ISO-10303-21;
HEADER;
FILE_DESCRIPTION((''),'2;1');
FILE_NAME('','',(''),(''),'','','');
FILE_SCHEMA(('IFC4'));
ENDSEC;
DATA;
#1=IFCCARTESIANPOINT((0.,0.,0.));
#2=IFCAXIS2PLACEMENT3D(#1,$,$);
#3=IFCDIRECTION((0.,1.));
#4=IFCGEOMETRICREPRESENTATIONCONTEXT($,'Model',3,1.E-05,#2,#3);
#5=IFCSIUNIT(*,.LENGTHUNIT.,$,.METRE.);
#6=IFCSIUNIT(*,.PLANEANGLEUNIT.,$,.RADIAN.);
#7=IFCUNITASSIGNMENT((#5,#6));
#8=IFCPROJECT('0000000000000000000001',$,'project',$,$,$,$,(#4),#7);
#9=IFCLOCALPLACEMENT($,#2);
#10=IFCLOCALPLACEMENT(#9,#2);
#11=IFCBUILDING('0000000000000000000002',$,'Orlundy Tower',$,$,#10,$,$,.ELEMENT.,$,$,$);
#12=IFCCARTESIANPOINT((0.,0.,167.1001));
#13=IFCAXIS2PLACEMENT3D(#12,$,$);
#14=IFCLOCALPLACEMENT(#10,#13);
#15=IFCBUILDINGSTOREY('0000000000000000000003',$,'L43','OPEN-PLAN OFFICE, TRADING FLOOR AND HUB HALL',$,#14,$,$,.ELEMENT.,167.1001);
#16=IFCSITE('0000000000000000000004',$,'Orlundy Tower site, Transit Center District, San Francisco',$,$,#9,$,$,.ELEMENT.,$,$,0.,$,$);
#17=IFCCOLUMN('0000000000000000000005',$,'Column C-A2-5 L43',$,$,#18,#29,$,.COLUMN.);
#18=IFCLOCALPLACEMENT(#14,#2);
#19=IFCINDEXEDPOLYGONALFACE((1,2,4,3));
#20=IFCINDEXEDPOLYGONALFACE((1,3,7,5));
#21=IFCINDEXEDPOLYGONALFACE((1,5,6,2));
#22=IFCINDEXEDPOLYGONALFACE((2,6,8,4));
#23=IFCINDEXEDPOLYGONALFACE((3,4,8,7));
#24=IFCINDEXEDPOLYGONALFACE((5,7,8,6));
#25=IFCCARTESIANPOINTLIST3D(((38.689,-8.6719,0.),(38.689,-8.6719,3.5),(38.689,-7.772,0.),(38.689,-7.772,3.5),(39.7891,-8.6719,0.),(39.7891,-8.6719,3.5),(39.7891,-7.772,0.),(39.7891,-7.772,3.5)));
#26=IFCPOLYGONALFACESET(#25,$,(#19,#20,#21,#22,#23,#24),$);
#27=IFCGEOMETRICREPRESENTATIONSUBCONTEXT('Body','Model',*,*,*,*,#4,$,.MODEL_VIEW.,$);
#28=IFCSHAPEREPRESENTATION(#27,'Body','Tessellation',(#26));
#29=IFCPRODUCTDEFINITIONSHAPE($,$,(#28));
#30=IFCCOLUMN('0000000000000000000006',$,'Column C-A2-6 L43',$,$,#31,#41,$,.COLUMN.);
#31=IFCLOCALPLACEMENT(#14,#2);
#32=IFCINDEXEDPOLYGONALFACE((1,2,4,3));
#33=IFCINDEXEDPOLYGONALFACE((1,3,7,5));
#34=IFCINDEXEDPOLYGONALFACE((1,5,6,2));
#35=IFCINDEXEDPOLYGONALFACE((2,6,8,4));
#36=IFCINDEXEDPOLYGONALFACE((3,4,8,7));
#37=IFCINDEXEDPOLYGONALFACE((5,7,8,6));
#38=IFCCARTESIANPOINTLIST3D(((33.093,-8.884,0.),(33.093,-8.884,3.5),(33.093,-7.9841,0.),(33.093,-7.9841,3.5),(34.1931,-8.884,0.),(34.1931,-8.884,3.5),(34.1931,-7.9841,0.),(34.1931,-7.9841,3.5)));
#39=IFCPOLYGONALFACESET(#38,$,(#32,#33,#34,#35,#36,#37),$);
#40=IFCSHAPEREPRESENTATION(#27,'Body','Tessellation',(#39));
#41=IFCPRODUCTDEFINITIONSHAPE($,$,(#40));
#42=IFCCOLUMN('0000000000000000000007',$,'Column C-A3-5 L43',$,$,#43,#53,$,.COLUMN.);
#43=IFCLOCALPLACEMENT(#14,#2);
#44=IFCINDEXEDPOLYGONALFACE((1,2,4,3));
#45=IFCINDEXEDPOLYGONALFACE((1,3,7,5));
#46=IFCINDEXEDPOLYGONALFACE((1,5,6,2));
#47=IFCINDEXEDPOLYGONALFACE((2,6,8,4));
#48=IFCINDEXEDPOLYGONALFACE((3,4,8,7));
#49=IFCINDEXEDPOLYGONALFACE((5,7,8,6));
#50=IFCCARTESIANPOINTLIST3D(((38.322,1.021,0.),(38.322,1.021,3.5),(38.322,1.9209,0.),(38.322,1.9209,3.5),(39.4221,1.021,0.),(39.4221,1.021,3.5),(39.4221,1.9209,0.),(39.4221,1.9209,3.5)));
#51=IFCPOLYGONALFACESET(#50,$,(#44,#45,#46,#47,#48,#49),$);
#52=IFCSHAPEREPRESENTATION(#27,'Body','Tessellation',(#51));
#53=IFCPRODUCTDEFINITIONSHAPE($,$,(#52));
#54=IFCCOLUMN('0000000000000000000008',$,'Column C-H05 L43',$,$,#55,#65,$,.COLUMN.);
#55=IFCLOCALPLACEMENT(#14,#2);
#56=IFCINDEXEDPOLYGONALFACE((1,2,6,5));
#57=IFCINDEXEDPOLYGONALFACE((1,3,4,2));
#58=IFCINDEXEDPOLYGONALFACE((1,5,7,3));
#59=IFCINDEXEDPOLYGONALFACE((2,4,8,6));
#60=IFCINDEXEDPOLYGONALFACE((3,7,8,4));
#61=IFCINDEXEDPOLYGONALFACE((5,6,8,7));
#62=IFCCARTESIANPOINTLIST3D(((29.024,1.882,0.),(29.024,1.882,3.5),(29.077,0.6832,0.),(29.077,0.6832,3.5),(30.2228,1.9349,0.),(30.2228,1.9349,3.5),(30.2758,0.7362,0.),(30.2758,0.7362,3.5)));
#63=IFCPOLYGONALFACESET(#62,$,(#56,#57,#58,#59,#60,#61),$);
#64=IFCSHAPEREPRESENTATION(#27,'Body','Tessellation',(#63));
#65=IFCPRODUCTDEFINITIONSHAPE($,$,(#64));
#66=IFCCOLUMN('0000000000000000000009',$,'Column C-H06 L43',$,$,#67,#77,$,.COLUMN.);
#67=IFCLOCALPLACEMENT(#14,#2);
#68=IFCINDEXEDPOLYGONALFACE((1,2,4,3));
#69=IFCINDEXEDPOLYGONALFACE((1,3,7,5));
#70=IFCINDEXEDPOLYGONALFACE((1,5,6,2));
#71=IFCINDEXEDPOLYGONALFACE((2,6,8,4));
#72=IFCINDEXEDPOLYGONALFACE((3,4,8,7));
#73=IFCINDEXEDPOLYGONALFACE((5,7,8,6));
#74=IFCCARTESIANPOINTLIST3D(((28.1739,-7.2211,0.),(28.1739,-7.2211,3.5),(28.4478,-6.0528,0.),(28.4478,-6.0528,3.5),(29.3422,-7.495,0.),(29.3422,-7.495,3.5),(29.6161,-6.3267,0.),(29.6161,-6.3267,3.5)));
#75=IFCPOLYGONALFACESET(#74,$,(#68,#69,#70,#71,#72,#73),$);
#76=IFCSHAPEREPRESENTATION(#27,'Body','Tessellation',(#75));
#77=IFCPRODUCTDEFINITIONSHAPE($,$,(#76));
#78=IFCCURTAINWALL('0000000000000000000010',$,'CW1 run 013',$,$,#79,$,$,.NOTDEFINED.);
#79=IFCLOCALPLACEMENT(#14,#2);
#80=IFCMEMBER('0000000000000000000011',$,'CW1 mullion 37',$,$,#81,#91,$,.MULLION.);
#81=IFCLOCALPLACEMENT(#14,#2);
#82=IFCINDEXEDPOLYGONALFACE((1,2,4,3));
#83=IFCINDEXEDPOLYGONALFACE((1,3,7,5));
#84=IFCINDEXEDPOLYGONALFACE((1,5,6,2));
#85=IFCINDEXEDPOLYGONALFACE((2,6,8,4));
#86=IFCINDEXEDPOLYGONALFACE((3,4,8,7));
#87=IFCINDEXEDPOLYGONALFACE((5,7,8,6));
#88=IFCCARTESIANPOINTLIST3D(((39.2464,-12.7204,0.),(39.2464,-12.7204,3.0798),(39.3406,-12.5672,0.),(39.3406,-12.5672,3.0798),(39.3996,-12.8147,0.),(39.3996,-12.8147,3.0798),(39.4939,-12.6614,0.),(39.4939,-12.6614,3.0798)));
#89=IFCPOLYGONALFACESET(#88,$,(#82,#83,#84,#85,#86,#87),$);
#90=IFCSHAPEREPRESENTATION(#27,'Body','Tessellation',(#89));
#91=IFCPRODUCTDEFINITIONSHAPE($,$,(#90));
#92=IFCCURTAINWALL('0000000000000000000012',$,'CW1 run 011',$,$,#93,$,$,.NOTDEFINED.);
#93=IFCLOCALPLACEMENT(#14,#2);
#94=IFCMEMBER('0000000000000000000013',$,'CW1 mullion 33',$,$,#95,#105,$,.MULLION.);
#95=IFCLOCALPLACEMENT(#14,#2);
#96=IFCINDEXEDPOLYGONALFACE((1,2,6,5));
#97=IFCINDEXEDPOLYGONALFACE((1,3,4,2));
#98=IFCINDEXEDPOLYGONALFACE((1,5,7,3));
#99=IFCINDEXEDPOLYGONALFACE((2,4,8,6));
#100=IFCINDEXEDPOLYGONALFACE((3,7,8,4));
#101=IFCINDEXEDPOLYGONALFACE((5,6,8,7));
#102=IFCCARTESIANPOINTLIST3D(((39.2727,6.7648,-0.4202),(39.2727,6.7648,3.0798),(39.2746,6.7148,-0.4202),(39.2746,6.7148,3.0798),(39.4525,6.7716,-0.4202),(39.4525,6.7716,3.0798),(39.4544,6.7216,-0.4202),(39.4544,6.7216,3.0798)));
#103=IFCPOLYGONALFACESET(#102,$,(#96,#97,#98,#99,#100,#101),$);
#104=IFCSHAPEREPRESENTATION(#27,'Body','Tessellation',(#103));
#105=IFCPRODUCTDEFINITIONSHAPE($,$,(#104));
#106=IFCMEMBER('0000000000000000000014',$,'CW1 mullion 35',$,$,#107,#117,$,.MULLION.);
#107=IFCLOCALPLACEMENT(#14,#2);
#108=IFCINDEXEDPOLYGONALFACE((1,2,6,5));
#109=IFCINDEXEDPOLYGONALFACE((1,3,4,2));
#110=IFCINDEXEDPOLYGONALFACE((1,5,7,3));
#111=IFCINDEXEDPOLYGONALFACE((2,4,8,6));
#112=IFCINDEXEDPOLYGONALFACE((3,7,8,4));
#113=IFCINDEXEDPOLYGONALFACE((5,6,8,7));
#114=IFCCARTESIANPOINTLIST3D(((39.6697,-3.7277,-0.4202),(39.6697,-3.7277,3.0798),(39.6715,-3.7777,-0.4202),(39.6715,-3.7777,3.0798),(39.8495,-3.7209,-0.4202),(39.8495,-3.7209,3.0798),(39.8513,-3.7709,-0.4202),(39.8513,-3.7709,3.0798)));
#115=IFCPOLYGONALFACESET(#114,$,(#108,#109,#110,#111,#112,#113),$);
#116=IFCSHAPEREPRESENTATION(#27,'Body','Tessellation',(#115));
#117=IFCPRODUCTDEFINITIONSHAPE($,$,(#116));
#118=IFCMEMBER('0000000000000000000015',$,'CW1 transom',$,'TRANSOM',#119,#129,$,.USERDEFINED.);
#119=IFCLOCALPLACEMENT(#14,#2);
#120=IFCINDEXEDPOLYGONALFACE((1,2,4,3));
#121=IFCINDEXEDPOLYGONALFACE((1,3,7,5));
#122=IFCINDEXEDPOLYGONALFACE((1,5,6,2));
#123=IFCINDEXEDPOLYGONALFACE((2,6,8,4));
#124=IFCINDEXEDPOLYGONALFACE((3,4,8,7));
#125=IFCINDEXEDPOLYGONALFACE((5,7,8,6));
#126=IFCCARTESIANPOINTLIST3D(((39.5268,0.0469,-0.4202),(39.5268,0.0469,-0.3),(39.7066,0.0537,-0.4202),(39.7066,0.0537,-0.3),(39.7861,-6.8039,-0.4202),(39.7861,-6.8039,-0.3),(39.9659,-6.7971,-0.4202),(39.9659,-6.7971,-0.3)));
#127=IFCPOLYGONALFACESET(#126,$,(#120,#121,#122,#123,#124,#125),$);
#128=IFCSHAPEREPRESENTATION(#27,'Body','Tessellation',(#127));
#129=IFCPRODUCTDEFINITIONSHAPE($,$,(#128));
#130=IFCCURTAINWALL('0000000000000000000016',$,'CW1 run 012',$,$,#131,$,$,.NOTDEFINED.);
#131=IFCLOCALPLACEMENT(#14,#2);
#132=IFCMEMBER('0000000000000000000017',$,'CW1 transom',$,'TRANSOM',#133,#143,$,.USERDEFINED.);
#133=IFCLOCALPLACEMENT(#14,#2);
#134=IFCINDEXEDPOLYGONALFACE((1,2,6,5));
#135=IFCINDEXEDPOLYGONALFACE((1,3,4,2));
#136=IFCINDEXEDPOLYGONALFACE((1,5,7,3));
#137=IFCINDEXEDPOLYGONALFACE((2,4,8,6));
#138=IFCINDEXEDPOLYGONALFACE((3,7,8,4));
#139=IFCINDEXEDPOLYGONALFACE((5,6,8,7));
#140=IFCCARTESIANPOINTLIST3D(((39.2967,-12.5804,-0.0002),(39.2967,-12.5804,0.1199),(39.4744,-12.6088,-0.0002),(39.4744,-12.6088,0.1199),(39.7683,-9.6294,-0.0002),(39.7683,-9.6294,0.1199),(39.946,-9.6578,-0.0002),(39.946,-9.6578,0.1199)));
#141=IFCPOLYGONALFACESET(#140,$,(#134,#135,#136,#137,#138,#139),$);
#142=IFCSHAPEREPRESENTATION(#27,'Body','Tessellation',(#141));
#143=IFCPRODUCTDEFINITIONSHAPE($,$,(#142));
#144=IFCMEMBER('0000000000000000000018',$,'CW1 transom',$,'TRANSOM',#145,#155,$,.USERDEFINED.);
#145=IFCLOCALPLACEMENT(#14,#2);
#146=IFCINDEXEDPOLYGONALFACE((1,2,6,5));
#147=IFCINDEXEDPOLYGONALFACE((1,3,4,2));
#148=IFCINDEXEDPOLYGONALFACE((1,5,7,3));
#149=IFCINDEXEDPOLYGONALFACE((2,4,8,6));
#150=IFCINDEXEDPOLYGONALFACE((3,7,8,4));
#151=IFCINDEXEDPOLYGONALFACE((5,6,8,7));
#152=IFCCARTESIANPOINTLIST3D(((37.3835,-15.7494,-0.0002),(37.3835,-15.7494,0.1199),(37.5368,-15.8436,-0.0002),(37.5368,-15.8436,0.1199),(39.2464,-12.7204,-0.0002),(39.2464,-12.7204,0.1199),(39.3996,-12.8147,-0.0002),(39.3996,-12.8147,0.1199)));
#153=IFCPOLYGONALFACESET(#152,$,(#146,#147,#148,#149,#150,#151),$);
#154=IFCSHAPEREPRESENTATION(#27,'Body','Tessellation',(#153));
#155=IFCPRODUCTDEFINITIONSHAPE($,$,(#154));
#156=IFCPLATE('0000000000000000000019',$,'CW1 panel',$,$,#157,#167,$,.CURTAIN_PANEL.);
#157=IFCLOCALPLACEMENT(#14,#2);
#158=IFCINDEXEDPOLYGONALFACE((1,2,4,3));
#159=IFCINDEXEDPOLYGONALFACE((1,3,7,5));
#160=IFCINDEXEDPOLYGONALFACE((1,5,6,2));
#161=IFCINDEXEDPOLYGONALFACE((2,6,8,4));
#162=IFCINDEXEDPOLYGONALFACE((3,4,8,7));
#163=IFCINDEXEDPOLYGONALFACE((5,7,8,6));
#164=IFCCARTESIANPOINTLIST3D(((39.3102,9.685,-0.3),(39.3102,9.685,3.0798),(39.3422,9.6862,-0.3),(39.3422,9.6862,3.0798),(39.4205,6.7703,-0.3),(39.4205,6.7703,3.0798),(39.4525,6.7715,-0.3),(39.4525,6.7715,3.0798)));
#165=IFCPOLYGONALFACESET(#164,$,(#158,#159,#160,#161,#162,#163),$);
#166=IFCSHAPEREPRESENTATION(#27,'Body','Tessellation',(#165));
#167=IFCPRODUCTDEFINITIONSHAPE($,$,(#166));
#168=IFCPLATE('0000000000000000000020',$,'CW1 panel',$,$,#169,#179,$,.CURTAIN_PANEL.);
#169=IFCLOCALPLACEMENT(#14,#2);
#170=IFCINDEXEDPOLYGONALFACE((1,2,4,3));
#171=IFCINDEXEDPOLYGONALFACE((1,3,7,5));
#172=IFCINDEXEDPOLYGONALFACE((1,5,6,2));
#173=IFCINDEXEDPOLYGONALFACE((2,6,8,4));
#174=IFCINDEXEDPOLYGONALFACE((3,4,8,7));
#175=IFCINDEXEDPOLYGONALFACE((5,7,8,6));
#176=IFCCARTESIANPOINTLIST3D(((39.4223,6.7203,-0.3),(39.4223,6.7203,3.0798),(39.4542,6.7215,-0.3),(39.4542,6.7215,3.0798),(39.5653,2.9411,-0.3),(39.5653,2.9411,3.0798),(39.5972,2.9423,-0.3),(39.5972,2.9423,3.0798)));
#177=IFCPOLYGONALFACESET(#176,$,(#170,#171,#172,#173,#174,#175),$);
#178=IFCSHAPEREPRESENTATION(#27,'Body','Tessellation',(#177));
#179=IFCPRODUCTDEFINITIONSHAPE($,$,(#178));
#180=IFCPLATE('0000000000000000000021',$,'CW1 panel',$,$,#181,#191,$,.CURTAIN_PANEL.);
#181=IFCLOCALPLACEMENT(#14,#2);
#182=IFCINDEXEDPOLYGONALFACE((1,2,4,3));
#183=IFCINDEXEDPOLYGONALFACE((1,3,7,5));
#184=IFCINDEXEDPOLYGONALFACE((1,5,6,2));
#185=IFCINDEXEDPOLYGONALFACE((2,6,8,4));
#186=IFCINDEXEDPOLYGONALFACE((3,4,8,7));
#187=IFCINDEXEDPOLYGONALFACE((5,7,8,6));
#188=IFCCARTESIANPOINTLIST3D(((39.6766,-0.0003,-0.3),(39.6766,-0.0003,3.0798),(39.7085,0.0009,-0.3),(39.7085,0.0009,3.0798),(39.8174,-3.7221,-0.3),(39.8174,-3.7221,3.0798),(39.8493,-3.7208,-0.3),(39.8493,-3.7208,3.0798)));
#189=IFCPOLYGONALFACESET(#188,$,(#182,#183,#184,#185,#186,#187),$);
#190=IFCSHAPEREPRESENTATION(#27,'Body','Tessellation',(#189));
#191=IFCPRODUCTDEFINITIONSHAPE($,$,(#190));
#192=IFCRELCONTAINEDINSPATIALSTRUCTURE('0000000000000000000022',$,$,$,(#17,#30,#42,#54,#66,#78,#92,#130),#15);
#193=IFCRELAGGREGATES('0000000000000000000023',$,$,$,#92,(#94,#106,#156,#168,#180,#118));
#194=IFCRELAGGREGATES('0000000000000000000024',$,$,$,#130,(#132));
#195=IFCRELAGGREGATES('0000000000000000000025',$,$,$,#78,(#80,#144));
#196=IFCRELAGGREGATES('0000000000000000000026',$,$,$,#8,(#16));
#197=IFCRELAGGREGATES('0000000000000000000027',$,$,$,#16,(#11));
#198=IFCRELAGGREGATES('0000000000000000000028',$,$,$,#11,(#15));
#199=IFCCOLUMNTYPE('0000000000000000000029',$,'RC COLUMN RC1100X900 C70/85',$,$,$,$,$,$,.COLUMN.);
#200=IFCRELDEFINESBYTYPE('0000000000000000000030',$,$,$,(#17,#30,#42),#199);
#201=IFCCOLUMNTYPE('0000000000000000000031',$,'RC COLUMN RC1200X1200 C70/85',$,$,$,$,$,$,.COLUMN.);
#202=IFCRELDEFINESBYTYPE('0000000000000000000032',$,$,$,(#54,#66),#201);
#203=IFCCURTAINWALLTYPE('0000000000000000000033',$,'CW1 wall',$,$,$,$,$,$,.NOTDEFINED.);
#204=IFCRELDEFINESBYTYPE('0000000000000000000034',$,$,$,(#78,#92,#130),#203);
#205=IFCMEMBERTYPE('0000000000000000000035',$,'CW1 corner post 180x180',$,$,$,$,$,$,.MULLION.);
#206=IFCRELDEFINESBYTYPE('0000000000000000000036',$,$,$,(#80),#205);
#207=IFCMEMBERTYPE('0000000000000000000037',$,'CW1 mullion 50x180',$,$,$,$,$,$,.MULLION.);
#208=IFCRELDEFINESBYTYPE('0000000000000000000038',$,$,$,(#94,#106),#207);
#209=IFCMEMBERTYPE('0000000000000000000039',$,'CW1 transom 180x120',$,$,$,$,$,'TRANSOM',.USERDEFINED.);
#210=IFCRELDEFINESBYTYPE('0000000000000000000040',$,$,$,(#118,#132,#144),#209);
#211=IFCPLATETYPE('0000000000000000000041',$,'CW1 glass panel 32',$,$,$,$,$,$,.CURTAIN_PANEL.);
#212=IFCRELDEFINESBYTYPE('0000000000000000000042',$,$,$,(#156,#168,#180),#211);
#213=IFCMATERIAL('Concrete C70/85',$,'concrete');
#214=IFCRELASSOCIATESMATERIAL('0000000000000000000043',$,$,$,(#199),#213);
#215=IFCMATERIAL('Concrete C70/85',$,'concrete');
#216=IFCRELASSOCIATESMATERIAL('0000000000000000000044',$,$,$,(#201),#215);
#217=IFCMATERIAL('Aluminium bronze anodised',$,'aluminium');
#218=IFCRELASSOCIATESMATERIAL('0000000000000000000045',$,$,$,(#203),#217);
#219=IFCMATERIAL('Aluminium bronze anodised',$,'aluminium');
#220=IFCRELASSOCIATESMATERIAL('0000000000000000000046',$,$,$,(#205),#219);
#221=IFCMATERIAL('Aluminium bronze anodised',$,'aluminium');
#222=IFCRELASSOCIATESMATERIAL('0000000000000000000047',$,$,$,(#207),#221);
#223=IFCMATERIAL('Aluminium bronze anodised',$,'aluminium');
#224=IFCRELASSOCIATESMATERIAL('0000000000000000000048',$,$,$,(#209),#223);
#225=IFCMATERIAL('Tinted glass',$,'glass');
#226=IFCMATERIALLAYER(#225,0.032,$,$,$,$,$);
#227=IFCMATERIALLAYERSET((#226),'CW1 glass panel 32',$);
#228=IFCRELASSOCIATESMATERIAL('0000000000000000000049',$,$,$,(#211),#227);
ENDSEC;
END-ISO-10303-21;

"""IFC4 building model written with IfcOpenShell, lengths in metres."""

from ifc_helpers import new_model, si_unit, direction, frame, origin, origin_2d, place, context, subcontext, project, spatial, rectangle, extrude, material, layer, layer_set, material_profile, profile_set, type_object, element, aggregate, save


model = new_model("IFC4")

# Units and contexts
model_context = context("Model", 3, precision=1e-05, world=origin(), true_north=direction((0.0, 1.0)))
body_context = subcontext(model_context, "Body", "Model", "MODEL_VIEW")
ifc_project = project(units=[si_unit("LENGTHUNIT", "METRE"), si_unit("PLANEANGLEUNIT", "RADIAN")], contexts=[model_context])

# Site, building, storey
site_placement = place(None, origin())
site = spatial("IfcSite", under=ifc_project, at=site_placement, Name="Orlundy Tower site, Transit Center District, San Francisco", CompositionType="ELEMENT", RefElevation=0.0)
building_placement = place(site_placement, origin())
building = spatial("IfcBuilding", under=site, at=building_placement, Name="Orlundy Tower", CompositionType="ELEMENT")
storey_placement = place(building_placement, frame((0.0, 0.0, 167.1001)))
storey = spatial("IfcBuildingStorey", under=building, at=storey_placement, Name="L43", Description="OPEN-PLAN OFFICE, TRADING FLOOR AND HUB HALL", CompositionType="ELEMENT", Elevation=167.1001)

# Columns
ifc_material_1 = material(Name="Concrete C70/85", Category="concrete")
ifc_material_profile_1 = material_profile(ifc_material_1, rectangle(XDim=1.1001, YDim=0.8999, at=origin_2d()), Name="RC1100X900")
ifc_profile_set_1 = profile_set([ifc_material_profile_1], Name="Concrete C70/85")
column_type_1 = type_object("IfcColumnType", Name="RC COLUMN RC1100X900 C70/85", PredefinedType="COLUMN", material=ifc_profile_set_1)
for number, where, z_axis, x_axis, name in (
    (1, (39.239, -8.2219, 0.0), (0.0, 0.0, 1.0), (1.0, 0.0, 0.0), "Column C-A2-5 L43"),
    (2, (33.6431, -8.4341, 0.0), (0.0, 0.0, 1.0), (1.0, 0.0, 0.0), "Column C-A2-6 L43"),
    (3, (38.8721, 1.4709, 0.0), (0.0, 0.0, 1.0), (1.0, 0.0, 0.0), "Column C-A3-5 L43"),
):
    element("IfcColumn", number, at=place(storey_placement, frame(where, z_axis=z_axis, x_axis=x_axis)), inside=storey, type_object=column_type_1, Name=name, PredefinedType="COLUMN", context=body_context, shape_type="SweptSolid", body=[
        extrude(rectangle(XDim=1.1001, YDim=0.8999, at=origin_2d()), origin(), (0.0, 0.0, 1.0), 3.5),
    ])
ifc_material_2 = material(Name="Concrete C70/85", Category="concrete")
ifc_material_profile_2 = material_profile(ifc_material_2, rectangle(XDim=1.2, YDim=1.2, at=origin_2d()), Name="RC1200X1200")
ifc_profile_set_2 = profile_set([ifc_material_profile_2], Name="Concrete C70/85")
column_type_2 = type_object("IfcColumnType", Name="RC COLUMN RC1200X1200 C70/85", PredefinedType="COLUMN", material=ifc_profile_set_2)
for number, where, z_axis, x_axis, name in (
    (4, (29.6499, 1.3091, 0.0), (0.0, 0.0, 1.0), (0.999027, 0.044108, 0.0), "Column C-H05 L43"),
    (5, (28.895, -6.7739, 0.0), (0.0, 0.0, 1.0), (0.973603, -0.228249, 0.0), "Column C-H06 L43"),
):
    element("IfcColumn", number, at=place(storey_placement, frame(where, z_axis=z_axis, x_axis=x_axis)), inside=storey, type_object=column_type_2, Name=name, PredefinedType="COLUMN", context=body_context, shape_type="SweptSolid", body=[
        extrude(rectangle(XDim=1.2, YDim=1.2, at=origin_2d()), origin(), (0.0, 0.0, 1.0), 3.5),
    ])

# Curtain wall, member
ifc_material_3 = material(Name="Aluminium bronze anodised", Category="aluminium")
curtain_wall_type = type_object("IfcCurtainWallType", Name="CW1 wall", PredefinedType="NOTDEFINED", material=ifc_material_3)
curtain_wall_1_placement = place(storey_placement, origin())
curtain_wall_1 = element("IfcCurtainWall", 6, at=curtain_wall_1_placement, inside=storey, type_object=curtain_wall_type, Name="CW1 run 013", PredefinedType="NOTDEFINED")
ifc_material_4 = material(Name="Aluminium bronze anodised", Category="aluminium")
ifc_material_profile_3 = material_profile(ifc_material_4, rectangle(XDim=0.1799, YDim=0.1799, at=origin_2d()), Name="CW1 corner post 180x180")
ifc_profile_set_3 = profile_set([ifc_material_profile_3], Name="Aluminium bronze anodised")
member_type_1 = type_object("IfcMemberType", Name="CW1 corner post 180x180", PredefinedType="MULLION", material=ifc_profile_set_3)
member_1_placement = place(storey_placement, frame((39.3701, -12.6909, 0.0), z_axis=(0.0, 0.0, 1.0), x_axis=(0.851825, -0.523827, 0.0)))
member_1 = element("IfcMember", 7, at=member_1_placement, type_object=member_type_1, Name="CW1 mullion 37", PredefinedType="MULLION", context=body_context, shape_type="SweptSolid", body=[
    extrude(rectangle(XDim=0.1799, YDim=0.1799, at=origin_2d()), origin(), (0.0, 0.0, 1.0), 3.0798),
])

# Curtain wall, members
curtain_wall_2_placement = place(storey_placement, origin())
curtain_wall_2 = element("IfcCurtainWall", 8, at=curtain_wall_2_placement, inside=storey, type_object=curtain_wall_type, Name="CW1 run 011", PredefinedType="NOTDEFINED")
ifc_material_5 = material(Name="Aluminium bronze anodised", Category="aluminium")
ifc_material_profile_4 = material_profile(ifc_material_5, rectangle(XDim=0.1799, YDim=0.05, at=origin_2d()), Name="CW1 mullion 50x180")
ifc_profile_set_4 = profile_set([ifc_material_profile_4], Name="Aluminium bronze anodised")
member_type_2 = type_object("IfcMemberType", Name="CW1 mullion 50x180", PredefinedType="MULLION", material=ifc_profile_set_4)
member_2_placement = place(storey_placement, frame((39.3635, 6.7432, -0.4202), z_axis=(0.0, 0.0, 1.0), x_axis=(0.999285, 0.037809, 0.0)))
member_2 = element("IfcMember", 9, at=member_2_placement, type_object=member_type_2, Name="CW1 mullion 33", PredefinedType="MULLION", context=body_context, shape_type="SweptSolid", body=[
    extrude(rectangle(XDim=0.1799, YDim=0.05, at=origin_2d()), origin(), (0.0, 0.0, 1.0), 3.5),
])
member_3_placement = place(storey_placement, frame((39.7605, -3.7493, -0.4202), z_axis=(0.0, 0.0, 1.0), x_axis=(0.999285, 0.037809, 0.0)))
member_3 = element("IfcMember", 10, at=member_3_placement, type_object=member_type_2, Name="CW1 mullion 35", PredefinedType="MULLION", context=body_context, shape_type="SweptSolid", body=[
    extrude(rectangle(XDim=0.1799, YDim=0.05, at=origin_2d()), origin(), (0.0, 0.0, 1.0), 3.5),
])
ifc_material_6 = material(Name="Aluminium bronze anodised", Category="aluminium")
ifc_material_profile_5 = material_profile(ifc_material_6, rectangle(XDim=0.1799, YDim=0.1201, at=origin_2d()), Name="CW1 transom 180x120")
ifc_profile_set_5 = profile_set([ifc_material_profile_5], Name="Aluminium bronze anodised")
member_type_3 = type_object("IfcMemberType", Name="CW1 transom 180x120", ElementType="TRANSOM", PredefinedType="USERDEFINED", material=ifc_profile_set_5)
member_4_placement = place(storey_placement, frame((39.6167, 0.0503, -0.3601), z_axis=(0.037819, -0.999285, 0.0), x_axis=(0.999285, 0.037819, 0.0)))
member_4 = element("IfcMember", 11, at=member_4_placement, type_object=member_type_3, Name="CW1 transom", ObjectType="TRANSOM", PredefinedType="USERDEFINED", context=body_context, shape_type="SweptSolid", body=[
    extrude(rectangle(XDim=0.1799, YDim=0.1201, at=origin_2d()), origin(), (0.0, 0.0, 1.0), 6.8557),
])

# Curtain wall, member
curtain_wall_3_placement = place(storey_placement, origin())
curtain_wall_3 = element("IfcCurtainWall", 12, at=curtain_wall_3_placement, inside=storey, type_object=curtain_wall_type, Name="CW1 run 012", PredefinedType="NOTDEFINED")
member_5_placement = place(storey_placement, frame((39.8572, -9.6436, 0.0598), z_axis=(-0.157825, -0.987467, 0.0), x_axis=(0.987467, -0.157825, 0.0)))
member_5 = element("IfcMember", 13, at=member_5_placement, type_object=member_type_3, Name="CW1 transom", ObjectType="TRANSOM", PredefinedType="USERDEFINED", context=body_context, shape_type="SweptSolid", body=[
    extrude(rectangle(XDim=0.1799, YDim=0.1201, at=origin_2d()), origin(), (0.0, 0.0, 1.0), 2.9885),
])

# Member
member_6_placement = place(storey_placement, frame((39.323, -12.7676, 0.0598), z_axis=(-0.523875, -0.851795, 0.0), x_axis=(0.851795, -0.523875, 0.0)))
member_6 = element("IfcMember", 14, at=member_6_placement, type_object=member_type_3, Name="CW1 transom", ObjectType="TRANSOM", PredefinedType="USERDEFINED", context=body_context, shape_type="SweptSolid", body=[
    extrude(rectangle(XDim=0.1799, YDim=0.1201, at=origin_2d()), origin(), (0.0, 0.0, 1.0), 3.5559),
])

# Plates
ifc_material_7 = material(Name="Tinted glass", Category="glass")
ifc_layer_1 = layer(ifc_material_7, 0.032)
ifc_layer_set_1 = layer_set([ifc_layer_1], Name="CW1 glass panel 32")
plate_type = type_object("IfcPlateType", Name="CW1 glass panel 32", PredefinedType="CURTAIN_PANEL", material=ifc_layer_set_1)
plate_1_placement = place(storey_placement, frame((39.3813, 8.2283, -0.3), z_axis=(0.0, 0.0, 1.0), x_axis=(0.037809, -0.999285, 0.0)))
plate_1 = element("IfcPlate", 15, at=plate_1_placement, type_object=plate_type, Name="CW1 panel", PredefinedType="CURTAIN_PANEL", context=body_context, shape_type="SweptSolid", body=[
    extrude(rectangle(XDim=2.9167, YDim=0.032, at=origin_2d()), origin(), (0.0, 0.0, 1.0), 3.3799),
])
plate_2_placement = place(storey_placement, frame((39.5098, 4.8313, -0.3), z_axis=(0.0, 0.0, 1.0), x_axis=(0.037809, -0.999285, 0.0)))
plate_2 = element("IfcPlate", 16, at=plate_2_placement, type_object=plate_type, Name="CW1 panel", PredefinedType="CURTAIN_PANEL", context=body_context, shape_type="SweptSolid", body=[
    extrude(rectangle(XDim=3.782, YDim=0.032, at=origin_2d()), origin(), (0.0, 0.0, 1.0), 3.3799),
])
plate_3_placement = place(storey_placement, frame((39.7629, -1.8606, -0.3), z_axis=(0.0, 0.0, 1.0), x_axis=(0.037809, -0.999285, 0.0)))
plate_3 = element("IfcPlate", 17, at=plate_3_placement, type_object=plate_type, Name="CW1 panel", PredefinedType="CURTAIN_PANEL", context=body_context, shape_type="SweptSolid", body=[
    extrude(rectangle(XDim=3.7244, YDim=0.032, at=origin_2d()), origin(), (0.0, 0.0, 1.0), 3.3799),
])
aggregate(curtain_wall_2, [member_2, member_3, plate_1, plate_2, plate_3, member_4])
aggregate(curtain_wall_3, [member_5])
aggregate(curtain_wall_1, [member_1, member_6])

save(model, "model.ifc")
